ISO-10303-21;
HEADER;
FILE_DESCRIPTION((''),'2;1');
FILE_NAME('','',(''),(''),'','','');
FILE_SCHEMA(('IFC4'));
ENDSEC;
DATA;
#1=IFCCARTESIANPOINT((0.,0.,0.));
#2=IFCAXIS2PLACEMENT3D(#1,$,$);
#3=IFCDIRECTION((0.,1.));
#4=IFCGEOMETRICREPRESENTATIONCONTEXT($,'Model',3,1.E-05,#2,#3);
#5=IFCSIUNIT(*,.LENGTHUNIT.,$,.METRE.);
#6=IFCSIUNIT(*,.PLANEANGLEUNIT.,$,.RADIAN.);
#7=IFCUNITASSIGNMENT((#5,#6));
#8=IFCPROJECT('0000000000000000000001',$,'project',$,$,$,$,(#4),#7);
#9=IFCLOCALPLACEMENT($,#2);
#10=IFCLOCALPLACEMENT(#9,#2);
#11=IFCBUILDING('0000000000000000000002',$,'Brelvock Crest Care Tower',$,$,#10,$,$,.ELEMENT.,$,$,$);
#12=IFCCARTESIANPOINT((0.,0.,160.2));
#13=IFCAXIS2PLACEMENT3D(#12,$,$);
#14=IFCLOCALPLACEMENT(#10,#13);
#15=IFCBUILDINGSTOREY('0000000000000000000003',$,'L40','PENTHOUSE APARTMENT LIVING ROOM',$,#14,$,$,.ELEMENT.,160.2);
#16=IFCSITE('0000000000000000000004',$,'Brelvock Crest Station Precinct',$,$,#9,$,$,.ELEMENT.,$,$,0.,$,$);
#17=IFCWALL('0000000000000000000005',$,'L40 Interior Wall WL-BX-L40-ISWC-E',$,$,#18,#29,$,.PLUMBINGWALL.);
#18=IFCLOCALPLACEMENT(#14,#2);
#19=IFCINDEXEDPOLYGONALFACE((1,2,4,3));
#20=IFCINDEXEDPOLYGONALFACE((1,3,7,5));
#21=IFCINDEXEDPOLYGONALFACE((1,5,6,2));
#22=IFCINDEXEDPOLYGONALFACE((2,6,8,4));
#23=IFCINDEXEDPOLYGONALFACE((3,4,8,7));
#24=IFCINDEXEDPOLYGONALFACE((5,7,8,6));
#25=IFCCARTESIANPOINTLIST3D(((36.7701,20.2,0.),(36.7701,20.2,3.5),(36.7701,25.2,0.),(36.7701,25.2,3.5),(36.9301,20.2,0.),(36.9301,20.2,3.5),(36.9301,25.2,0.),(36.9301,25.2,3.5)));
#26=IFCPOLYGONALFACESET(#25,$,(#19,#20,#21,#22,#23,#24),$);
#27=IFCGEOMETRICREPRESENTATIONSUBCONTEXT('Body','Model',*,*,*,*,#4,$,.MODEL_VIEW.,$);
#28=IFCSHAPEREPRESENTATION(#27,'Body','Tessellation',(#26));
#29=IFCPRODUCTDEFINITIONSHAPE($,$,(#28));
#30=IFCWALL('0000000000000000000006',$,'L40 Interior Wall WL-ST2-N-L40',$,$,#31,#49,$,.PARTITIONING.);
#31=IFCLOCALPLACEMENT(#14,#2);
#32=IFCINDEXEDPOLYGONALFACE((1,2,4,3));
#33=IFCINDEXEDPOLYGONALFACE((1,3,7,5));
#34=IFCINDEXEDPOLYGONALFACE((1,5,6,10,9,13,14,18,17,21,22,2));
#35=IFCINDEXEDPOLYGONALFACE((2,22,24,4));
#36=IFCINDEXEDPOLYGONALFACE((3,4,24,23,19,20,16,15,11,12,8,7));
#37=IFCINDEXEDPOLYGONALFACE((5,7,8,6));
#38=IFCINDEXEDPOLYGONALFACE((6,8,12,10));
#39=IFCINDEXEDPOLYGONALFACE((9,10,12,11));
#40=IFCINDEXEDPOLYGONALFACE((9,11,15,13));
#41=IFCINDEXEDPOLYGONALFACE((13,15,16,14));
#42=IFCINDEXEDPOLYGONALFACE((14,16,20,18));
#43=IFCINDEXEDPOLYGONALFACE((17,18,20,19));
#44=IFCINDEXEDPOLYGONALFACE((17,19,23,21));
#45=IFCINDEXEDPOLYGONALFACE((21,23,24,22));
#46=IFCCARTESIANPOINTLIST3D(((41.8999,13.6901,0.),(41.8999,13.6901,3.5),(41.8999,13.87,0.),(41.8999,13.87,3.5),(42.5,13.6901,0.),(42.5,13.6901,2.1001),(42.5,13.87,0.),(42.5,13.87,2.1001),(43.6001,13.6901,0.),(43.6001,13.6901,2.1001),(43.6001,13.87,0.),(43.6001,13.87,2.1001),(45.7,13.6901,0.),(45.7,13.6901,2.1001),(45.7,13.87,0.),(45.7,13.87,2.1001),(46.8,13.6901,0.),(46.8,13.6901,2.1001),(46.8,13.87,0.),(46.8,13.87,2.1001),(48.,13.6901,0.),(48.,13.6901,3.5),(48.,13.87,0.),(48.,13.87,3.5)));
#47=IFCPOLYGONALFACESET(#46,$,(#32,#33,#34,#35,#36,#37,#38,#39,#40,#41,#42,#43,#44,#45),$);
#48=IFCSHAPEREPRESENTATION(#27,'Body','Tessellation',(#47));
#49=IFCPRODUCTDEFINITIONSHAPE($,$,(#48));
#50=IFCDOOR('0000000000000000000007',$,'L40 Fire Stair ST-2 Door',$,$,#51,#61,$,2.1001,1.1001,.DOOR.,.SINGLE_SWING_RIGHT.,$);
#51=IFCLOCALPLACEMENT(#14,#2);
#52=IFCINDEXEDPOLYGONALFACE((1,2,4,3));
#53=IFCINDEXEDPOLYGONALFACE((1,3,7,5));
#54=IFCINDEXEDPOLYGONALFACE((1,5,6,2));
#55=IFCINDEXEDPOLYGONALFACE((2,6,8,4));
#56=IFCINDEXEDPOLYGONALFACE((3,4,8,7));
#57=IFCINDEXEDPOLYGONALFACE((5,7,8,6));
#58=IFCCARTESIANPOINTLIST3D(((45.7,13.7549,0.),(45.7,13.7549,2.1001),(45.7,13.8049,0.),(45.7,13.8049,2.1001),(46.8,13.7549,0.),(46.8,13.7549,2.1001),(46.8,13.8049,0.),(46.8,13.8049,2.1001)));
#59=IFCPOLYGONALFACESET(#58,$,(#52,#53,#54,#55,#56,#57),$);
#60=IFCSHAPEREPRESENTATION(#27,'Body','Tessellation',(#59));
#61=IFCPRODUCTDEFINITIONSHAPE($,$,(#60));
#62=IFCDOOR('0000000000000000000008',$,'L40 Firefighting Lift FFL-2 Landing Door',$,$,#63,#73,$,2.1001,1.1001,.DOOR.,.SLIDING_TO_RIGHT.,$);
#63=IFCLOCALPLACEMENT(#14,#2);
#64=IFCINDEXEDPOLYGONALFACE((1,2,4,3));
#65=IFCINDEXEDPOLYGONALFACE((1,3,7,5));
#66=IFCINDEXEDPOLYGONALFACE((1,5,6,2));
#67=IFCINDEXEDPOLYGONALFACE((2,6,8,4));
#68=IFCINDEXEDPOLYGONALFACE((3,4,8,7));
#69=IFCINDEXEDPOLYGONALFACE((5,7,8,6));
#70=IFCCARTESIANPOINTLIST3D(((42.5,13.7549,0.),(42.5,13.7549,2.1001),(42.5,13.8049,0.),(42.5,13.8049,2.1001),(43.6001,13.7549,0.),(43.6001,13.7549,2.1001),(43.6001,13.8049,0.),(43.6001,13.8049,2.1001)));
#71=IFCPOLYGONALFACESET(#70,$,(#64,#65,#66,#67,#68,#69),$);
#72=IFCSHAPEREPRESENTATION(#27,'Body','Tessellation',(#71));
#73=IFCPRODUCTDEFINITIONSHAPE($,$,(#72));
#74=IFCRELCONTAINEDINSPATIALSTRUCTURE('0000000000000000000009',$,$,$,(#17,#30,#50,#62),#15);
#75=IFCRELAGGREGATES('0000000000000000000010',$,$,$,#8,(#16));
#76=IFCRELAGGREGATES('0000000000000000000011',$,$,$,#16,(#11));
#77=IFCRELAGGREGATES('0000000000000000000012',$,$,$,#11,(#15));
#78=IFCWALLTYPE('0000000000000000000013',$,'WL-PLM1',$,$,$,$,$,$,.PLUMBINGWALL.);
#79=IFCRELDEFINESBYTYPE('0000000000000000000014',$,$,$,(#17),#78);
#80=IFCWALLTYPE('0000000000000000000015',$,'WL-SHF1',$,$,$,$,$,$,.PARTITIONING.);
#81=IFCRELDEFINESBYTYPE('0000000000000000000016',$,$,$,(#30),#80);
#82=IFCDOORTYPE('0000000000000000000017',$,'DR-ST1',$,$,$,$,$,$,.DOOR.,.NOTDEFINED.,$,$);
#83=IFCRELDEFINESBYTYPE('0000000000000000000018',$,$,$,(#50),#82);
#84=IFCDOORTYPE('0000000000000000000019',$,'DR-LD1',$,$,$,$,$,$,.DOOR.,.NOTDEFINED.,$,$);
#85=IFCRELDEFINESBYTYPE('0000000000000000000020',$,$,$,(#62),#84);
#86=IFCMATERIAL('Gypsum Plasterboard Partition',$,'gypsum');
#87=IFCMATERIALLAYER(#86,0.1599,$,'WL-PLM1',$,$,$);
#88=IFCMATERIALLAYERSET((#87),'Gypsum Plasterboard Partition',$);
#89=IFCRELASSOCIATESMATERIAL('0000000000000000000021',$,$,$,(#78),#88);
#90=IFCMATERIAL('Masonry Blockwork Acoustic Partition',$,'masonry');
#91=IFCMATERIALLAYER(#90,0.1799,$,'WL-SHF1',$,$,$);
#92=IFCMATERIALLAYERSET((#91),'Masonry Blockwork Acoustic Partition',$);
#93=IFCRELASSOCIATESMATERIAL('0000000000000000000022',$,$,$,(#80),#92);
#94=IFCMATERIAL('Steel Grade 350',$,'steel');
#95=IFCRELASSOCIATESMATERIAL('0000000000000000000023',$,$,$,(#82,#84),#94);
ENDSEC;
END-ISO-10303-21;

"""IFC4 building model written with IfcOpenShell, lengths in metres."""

from ifc_helpers import new_model, si_unit, direction, frame, frame_2d, origin, origin_2d, place, context, subcontext, project, spatial, rectangle, extrude, source, transform, mapped, material, layer, layer_set, type_object, element, fill, save


model = new_model("IFC4")

# Units and contexts
model_context = context("Model", 3, precision=1e-05, world=origin(), true_north=direction((0.0, 1.0)))
body_context = subcontext(model_context, "Body", "Model", "MODEL_VIEW")
ifc_project = project(units=[si_unit("LENGTHUNIT", "METRE"), si_unit("PLANEANGLEUNIT", "RADIAN")], contexts=[model_context])

# Site, building, storey
site_placement = place(None, origin())
site = spatial("IfcSite", under=ifc_project, at=site_placement, Name="Brelvock Crest Station Precinct", CompositionType="ELEMENT", RefElevation=0.0)
building_placement = place(site_placement, origin())
building = spatial("IfcBuilding", under=site, at=building_placement, Name="Brelvock Crest Care Tower", CompositionType="ELEMENT")
storey_placement = place(building_placement, frame((0.0, 0.0, 160.2)))
storey = spatial("IfcBuildingStorey", under=building, at=storey_placement, Name="L40", Description="PENTHOUSE APARTMENT LIVING ROOM", CompositionType="ELEMENT", Elevation=160.2)

# Shared definitions
ifc_material_1 = material(Name="Steel Grade 350", Category="steel")

# Shared definitions
ifc_material_2 = material(Name="Masonry Blockwork Acoustic Partition", Category="masonry")

# Shared definitions
ifc_material_3 = material(Name="Gypsum Plasterboard Partition", Category="gypsum")
ifc_layer_1 = layer(ifc_material_3, 0.1599, Name="WL-PLM1")
ifc_layer_set_1 = layer_set([ifc_layer_1], Name="Gypsum Plasterboard Partition")
wall_type_1 = type_object("IfcWallType", Name="WL-PLM1", PredefinedType="PLUMBINGWALL", material=ifc_layer_set_1)

# Wall
wall_1_placement = place(storey_placement, frame((36.8501, 20.2, 0.0), z_axis=(0.0, 0.0, 1.0), x_axis=(0.0, 1.0, 0.0)))
element("IfcWall", 1, at=wall_1_placement, inside=storey, type_object=wall_type_1, Name="L40 Interior Wall WL-BX-L40-ISWC-E", PredefinedType="PLUMBINGWALL", context=body_context, shape_type="SweptSolid", body=[
    extrude(rectangle(XDim=5.0, YDim=0.1599, at=frame_2d((2.5, 0.0))), origin(), (0.0, 0.0, 1.0), 3.5),
])

# Wall, openings, doors
ifc_layer_2 = layer(ifc_material_2, 0.1799, Name="WL-SHF1")
ifc_layer_set_2 = layer_set([ifc_layer_2], Name="Masonry Blockwork Acoustic Partition")
wall_type_2 = type_object("IfcWallType", Name="WL-SHF1", PredefinedType="PARTITIONING", material=ifc_layer_set_2)
wall_2_placement = place(storey_placement, frame((41.8999, 13.78, 0.0), z_axis=(0.0, 0.0, 1.0), x_axis=(1.0, 0.0, 0.0)))
wall_2 = element("IfcWall", 2, at=wall_2_placement, inside=storey, type_object=wall_type_2, Name="L40 Interior Wall WL-ST2-N-L40", PredefinedType="PARTITIONING", context=body_context, shape_type="SweptSolid", body=[
    extrude(rectangle(XDim=6.1001, YDim=0.1799, at=frame_2d((3.05, 0.0))), origin(), (0.0, 0.0, 1.0), 3.5),
])
opening_1_placement = place(wall_2_placement, frame((0.6001, 0.0, 0.0)))
opening_1 = element("IfcOpeningElement", 3, at=opening_1_placement, cuts=wall_2, PredefinedType="OPENING", context=body_context, shape_type="SweptSolid", body=[
    extrude(rectangle(XDim=1.1001, YDim=2.1001, at=origin_2d()), frame((0.55, 0.1001, 1.05), z_axis=(0.0, -1.0, 0.0), x_axis=(1.0, 0.0, 0.0)), (0.0, 0.0, 1.0), 0.2),
])
opening_2_placement = place(wall_2_placement, frame((3.8, 0.0, 0.0)))
opening_2 = element("IfcOpeningElement", 4, at=opening_2_placement, cuts=wall_2, PredefinedType="OPENING", context=body_context, shape_type="SweptSolid", body=[
    extrude(rectangle(XDim=1.1001, YDim=2.1001, at=origin_2d()), frame((0.55, 0.1001, 1.05), z_axis=(0.0, -1.0, 0.0), x_axis=(1.0, 0.0, 0.0)), (0.0, 0.0, 1.0), 0.2),
])
door_type_1 = type_object("IfcDoorType", Name="DR-ST1", OperationType="NOTDEFINED", PredefinedType="DOOR", material=ifc_material_1)
shared_shape_1 = source(origin(), body_context, "Body", "SweptSolid", [
    extrude(rectangle(XDim=1.1001, YDim=2.1001, at=origin_2d()), frame((0.55, 0.0249, 1.05), z_axis=(0.0, -1.0, 0.0), x_axis=(1.0, 0.0, 0.0)), (0.0, 0.0, 1.0), 0.05),
])
door_1_placement = place(opening_2_placement, origin())
door_1 = element("IfcDoor", 5, at=door_1_placement, inside=storey, type_object=door_type_1, Name="L40 Fire Stair ST-2 Door", OperationType="SINGLE_SWING_RIGHT", OverallHeight=2.1001, OverallWidth=1.1001, PredefinedType="DOOR", context=body_context, shape_type="MappedRepresentation", body=[
    mapped(shared_shape_1, transform((0.0, 0.0, 0.0), x_axis=(1.0, 0.0, 0.0), y_axis=(0.0, 1.0, 0.0), z_axis=(0.0, 0.0, 1.0), scale=1.0)),
])
fill(opening_2, door_1)
door_type_2 = type_object("IfcDoorType", Name="DR-LD1", OperationType="NOTDEFINED", PredefinedType="DOOR", material=ifc_material_1)
shared_shape_2 = source(origin(), body_context, "Body", "SweptSolid", [
    extrude(rectangle(XDim=1.1001, YDim=2.1001, at=origin_2d()), frame((0.55, 0.0249, 1.05), z_axis=(0.0, -1.0, 0.0), x_axis=(1.0, 0.0, 0.0)), (0.0, 0.0, 1.0), 0.05),
])
door_2_placement = place(opening_1_placement, origin())
door_2 = element("IfcDoor", 6, at=door_2_placement, inside=storey, type_object=door_type_2, Name="L40 Firefighting Lift FFL-2 Landing Door", OperationType="SLIDING_TO_RIGHT", OverallHeight=2.1001, OverallWidth=1.1001, PredefinedType="DOOR", context=body_context, shape_type="MappedRepresentation", body=[
    mapped(shared_shape_2, transform((0.0, 0.0, 0.0), x_axis=(1.0, 0.0, 0.0), y_axis=(0.0, 1.0, 0.0), z_axis=(0.0, 0.0, 1.0), scale=1.0)),
])
fill(opening_1, door_2)

save(model, "model.ifc")
